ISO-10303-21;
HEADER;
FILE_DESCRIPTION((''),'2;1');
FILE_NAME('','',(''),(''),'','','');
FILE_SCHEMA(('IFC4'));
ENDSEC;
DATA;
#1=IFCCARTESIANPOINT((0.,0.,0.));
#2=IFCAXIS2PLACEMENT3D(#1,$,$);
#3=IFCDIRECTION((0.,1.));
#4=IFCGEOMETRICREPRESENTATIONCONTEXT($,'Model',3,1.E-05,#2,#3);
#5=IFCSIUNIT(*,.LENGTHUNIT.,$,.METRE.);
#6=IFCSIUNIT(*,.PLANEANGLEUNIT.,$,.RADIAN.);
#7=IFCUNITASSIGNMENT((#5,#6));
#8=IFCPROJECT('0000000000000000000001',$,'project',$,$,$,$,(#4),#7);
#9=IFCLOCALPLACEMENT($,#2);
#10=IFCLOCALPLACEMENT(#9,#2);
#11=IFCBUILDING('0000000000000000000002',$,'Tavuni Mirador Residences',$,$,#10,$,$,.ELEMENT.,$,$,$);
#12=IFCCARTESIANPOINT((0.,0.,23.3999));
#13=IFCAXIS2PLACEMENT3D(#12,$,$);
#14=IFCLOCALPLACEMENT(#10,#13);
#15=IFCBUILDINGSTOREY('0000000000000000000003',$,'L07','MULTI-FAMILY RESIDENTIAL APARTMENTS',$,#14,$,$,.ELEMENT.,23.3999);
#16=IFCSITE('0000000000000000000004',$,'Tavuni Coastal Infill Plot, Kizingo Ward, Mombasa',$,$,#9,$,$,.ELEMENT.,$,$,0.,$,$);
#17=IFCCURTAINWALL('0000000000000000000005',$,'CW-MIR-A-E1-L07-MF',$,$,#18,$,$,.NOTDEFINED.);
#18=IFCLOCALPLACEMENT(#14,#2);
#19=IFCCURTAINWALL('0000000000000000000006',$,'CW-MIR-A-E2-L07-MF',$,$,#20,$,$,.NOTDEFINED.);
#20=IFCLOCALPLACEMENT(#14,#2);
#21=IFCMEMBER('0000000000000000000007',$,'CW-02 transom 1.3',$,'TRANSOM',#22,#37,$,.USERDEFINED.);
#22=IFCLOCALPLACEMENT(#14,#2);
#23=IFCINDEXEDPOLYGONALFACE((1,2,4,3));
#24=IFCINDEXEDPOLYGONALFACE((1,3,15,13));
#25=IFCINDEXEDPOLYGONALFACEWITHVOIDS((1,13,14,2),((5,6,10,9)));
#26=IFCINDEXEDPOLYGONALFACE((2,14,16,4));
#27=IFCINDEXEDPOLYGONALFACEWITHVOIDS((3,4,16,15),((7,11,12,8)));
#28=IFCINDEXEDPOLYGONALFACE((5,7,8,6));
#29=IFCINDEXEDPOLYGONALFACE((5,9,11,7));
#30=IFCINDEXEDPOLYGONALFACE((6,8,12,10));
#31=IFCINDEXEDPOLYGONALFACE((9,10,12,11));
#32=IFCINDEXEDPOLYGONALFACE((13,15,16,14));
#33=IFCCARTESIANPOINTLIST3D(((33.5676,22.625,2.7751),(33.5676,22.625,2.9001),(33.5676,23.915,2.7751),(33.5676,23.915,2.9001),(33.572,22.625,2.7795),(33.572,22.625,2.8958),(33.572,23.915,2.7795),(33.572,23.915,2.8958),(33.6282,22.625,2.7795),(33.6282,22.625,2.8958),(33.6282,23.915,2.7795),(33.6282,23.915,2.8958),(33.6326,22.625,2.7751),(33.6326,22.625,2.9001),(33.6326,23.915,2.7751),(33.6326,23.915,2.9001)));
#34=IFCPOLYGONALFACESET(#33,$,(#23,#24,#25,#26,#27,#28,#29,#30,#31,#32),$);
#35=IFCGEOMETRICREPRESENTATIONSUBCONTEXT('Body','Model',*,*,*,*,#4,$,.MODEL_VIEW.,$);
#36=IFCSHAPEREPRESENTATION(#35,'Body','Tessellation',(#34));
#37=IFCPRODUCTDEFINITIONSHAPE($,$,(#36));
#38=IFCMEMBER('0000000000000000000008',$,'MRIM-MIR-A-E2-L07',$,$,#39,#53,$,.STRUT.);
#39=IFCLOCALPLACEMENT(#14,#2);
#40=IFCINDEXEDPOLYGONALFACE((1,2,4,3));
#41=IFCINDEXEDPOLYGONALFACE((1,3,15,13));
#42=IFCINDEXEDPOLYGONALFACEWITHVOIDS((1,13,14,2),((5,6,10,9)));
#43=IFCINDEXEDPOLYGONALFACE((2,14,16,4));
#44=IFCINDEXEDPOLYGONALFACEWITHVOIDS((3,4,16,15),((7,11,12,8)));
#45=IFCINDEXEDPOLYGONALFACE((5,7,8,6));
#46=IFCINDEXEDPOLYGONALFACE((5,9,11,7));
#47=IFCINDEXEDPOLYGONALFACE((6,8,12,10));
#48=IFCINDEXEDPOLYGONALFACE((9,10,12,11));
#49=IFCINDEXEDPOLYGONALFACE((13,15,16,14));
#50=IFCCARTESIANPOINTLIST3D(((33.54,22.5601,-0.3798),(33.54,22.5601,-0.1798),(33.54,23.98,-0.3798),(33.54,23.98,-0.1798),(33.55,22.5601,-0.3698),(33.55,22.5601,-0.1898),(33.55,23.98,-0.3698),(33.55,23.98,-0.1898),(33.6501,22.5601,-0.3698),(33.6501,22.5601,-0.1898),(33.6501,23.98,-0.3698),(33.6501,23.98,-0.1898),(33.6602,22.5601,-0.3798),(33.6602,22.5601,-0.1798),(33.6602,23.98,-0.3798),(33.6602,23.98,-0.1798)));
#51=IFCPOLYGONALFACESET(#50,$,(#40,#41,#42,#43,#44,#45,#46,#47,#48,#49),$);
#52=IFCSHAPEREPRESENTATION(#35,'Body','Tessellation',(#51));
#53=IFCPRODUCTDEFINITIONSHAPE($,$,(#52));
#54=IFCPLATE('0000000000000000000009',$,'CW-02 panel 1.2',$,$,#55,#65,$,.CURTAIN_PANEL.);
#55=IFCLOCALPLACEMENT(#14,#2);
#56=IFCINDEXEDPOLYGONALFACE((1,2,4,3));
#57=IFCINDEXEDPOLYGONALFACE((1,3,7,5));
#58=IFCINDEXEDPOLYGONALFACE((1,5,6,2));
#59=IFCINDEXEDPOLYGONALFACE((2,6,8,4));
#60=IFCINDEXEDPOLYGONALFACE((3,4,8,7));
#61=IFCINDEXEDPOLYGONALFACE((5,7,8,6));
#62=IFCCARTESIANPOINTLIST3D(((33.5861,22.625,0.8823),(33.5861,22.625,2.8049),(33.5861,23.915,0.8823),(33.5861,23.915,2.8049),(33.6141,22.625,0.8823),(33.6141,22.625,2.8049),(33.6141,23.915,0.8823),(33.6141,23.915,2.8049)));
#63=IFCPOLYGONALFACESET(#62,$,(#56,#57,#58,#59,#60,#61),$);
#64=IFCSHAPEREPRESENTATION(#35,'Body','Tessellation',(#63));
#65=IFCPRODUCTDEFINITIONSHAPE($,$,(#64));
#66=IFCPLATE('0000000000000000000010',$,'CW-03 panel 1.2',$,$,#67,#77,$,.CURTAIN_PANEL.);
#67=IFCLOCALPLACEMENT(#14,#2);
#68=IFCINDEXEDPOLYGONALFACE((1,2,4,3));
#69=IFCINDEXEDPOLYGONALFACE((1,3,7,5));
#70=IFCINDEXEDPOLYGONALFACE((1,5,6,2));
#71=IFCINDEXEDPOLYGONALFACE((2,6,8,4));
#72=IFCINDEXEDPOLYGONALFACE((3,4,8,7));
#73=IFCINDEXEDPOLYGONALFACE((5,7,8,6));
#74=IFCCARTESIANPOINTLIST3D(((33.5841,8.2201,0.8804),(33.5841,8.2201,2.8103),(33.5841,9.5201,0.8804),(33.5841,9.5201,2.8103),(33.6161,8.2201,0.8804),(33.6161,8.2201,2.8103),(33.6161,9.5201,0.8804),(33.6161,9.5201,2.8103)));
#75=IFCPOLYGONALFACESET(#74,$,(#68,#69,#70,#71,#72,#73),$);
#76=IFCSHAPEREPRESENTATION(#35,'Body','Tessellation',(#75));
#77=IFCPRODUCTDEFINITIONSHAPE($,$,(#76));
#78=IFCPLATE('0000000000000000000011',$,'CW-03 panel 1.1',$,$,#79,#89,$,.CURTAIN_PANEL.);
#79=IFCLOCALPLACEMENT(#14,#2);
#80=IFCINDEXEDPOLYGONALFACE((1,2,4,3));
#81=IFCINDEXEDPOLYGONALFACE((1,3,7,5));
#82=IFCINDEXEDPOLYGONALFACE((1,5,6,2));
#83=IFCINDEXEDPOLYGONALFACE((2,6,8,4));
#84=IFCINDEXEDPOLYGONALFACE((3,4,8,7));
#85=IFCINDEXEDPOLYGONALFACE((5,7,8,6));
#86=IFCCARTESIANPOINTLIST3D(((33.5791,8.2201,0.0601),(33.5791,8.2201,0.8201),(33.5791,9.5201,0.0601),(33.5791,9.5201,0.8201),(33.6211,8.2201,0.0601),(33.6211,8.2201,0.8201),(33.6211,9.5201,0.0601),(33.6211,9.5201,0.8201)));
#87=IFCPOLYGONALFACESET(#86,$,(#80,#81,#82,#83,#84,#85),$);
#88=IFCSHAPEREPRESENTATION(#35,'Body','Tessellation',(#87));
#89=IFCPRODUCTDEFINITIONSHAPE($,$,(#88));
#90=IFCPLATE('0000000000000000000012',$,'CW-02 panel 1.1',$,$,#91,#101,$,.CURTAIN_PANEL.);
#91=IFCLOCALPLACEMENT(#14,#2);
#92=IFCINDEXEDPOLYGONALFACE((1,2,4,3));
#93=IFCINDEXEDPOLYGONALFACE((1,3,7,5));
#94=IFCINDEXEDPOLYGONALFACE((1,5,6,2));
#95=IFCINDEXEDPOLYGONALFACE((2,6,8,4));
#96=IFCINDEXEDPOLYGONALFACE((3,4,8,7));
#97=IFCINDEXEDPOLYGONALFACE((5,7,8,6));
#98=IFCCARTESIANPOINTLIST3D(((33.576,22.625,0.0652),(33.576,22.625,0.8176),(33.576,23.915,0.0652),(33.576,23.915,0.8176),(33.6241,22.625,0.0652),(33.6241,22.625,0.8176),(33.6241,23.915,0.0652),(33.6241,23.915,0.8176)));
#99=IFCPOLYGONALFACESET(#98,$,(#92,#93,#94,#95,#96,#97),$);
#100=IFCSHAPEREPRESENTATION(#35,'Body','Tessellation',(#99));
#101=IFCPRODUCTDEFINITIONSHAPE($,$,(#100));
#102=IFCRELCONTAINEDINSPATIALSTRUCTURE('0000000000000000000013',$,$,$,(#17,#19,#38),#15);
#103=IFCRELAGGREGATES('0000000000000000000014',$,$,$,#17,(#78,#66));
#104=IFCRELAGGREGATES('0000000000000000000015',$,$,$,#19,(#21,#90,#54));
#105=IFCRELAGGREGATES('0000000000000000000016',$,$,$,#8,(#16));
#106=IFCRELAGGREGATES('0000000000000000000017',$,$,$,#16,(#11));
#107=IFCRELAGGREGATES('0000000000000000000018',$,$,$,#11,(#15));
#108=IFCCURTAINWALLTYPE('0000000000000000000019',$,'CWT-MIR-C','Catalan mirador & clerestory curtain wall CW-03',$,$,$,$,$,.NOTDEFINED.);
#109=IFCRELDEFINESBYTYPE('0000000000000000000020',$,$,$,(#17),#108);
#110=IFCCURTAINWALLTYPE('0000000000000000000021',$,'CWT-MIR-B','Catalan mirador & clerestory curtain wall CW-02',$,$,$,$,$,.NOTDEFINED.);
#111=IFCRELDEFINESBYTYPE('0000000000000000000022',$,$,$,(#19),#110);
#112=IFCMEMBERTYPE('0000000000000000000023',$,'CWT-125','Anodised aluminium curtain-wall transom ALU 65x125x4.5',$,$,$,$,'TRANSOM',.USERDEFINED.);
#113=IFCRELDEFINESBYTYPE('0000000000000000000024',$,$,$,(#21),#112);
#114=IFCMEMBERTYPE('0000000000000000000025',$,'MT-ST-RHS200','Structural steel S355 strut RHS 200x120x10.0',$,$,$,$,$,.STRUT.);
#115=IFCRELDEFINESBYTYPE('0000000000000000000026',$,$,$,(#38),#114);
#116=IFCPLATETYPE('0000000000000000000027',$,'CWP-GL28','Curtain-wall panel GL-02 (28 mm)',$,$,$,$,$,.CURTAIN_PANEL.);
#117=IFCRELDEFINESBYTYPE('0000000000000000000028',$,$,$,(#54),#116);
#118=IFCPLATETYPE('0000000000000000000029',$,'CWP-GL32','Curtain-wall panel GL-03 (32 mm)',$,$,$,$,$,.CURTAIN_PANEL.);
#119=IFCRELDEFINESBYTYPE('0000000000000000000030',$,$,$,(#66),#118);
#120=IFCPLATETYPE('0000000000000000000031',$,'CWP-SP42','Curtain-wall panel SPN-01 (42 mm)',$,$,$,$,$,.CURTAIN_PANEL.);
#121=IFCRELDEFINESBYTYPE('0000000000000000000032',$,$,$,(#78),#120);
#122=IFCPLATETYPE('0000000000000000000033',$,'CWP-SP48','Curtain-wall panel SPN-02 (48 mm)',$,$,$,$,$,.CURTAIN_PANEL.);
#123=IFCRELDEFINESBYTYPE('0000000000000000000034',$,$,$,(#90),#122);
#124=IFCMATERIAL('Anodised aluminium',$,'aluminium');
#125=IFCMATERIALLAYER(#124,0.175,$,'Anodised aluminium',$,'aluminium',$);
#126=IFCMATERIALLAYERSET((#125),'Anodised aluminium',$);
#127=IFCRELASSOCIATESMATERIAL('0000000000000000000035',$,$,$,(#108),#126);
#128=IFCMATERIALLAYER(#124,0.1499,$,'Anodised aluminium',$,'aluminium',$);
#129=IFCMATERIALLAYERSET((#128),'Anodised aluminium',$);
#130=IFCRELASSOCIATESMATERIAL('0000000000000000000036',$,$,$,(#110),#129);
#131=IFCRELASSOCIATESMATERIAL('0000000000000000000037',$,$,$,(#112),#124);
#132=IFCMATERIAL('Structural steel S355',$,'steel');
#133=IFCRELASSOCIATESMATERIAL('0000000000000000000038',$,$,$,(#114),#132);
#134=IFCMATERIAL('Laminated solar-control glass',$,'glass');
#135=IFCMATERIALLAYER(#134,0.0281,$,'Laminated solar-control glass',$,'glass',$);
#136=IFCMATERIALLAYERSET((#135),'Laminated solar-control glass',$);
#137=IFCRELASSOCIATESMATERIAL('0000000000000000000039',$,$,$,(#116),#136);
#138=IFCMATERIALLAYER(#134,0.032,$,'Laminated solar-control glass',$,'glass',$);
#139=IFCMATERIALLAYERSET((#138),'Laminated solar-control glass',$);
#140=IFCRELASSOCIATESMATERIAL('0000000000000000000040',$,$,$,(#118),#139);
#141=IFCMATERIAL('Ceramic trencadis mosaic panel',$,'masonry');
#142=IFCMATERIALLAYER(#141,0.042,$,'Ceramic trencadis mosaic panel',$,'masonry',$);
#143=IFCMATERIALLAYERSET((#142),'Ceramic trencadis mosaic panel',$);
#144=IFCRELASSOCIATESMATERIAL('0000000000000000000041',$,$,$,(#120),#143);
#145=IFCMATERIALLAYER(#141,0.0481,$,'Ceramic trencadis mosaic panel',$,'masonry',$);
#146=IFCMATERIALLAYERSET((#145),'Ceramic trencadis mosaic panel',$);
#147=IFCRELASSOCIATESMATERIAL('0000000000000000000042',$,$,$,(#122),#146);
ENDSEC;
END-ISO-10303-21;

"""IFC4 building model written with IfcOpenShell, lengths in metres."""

from ifc_helpers import new_model, si_unit, direction, frame, origin, origin_2d, place, context, subcontext, project, spatial, rectangle, hollow_rectangle, extrude, material, layer, layer_set, material_profile, profile_set, type_object, element, aggregate, save


model = new_model("IFC4")

# Units and contexts
model_context = context("Model", 3, precision=1e-05, world=origin(), true_north=direction((0.0, 1.0)))
body_context = subcontext(model_context, "Body", "Model", "MODEL_VIEW")
ifc_project = project(units=[si_unit("LENGTHUNIT", "METRE"), si_unit("PLANEANGLEUNIT", "RADIAN")], contexts=[model_context])

# Site, building, storey
site_placement = place(None, origin())
site = spatial("IfcSite", under=ifc_project, at=site_placement, Name="Tavuni Coastal Infill Plot, Kizingo Ward, Mombasa", CompositionType="ELEMENT", RefElevation=0.0)
building_placement = place(site_placement, origin())
building = spatial("IfcBuilding", under=site, at=building_placement, Name="Tavuni Mirador Residences", CompositionType="ELEMENT")
storey_placement = place(building_placement, frame((0.0, 0.0, 23.3999)))
storey = spatial("IfcBuildingStorey", under=building, at=storey_placement, Name="L07", Description="MULTI-FAMILY RESIDENTIAL APARTMENTS", CompositionType="ELEMENT", Elevation=23.3999)

# Curtain wall
ifc_material_1 = material(Name="Anodised aluminium", Category="aluminium")
ifc_layer_1 = layer(ifc_material_1, 0.175, Name="Anodised aluminium", Category="aluminium")
ifc_layer_set_1 = layer_set([ifc_layer_1], Name="Anodised aluminium")
curtain_wall_type_1 = type_object("IfcCurtainWallType", Name="CWT-MIR-C", Description="Catalan mirador & clerestory curtain wall CW-03", PredefinedType="NOTDEFINED", material=ifc_layer_set_1)
curtain_wall_1_placement = place(storey_placement, origin())
curtain_wall_1 = element("IfcCurtainWall", 1, at=curtain_wall_1_placement, inside=storey, type_object=curtain_wall_type_1, Name="CW-MIR-A-E1-L07-MF", PredefinedType="NOTDEFINED")

# Curtain wall
ifc_layer_2 = layer(ifc_material_1, 0.1499, Name="Anodised aluminium", Category="aluminium")
ifc_layer_set_2 = layer_set([ifc_layer_2], Name="Anodised aluminium")
curtain_wall_type_2 = type_object("IfcCurtainWallType", Name="CWT-MIR-B", Description="Catalan mirador & clerestory curtain wall CW-02", PredefinedType="NOTDEFINED", material=ifc_layer_set_2)
curtain_wall_2_placement = place(storey_placement, origin())
curtain_wall_2 = element("IfcCurtainWall", 2, at=curtain_wall_2_placement, inside=storey, type_object=curtain_wall_type_2, Name="CW-MIR-A-E2-L07-MF", PredefinedType="NOTDEFINED")

# Members
ifc_material_profile_1 = material_profile(ifc_material_1, hollow_rectangle(XDim=0.0649, YDim=0.125, WallThickness=0.0044, at=origin_2d()), Name="ALU 65x125x4.5", Category="aluminium")
ifc_profile_set_1 = profile_set([ifc_material_profile_1], Name="Anodised aluminium")
member_type_1 = type_object("IfcMemberType", Name="CWT-125", Description="Anodised aluminium curtain-wall transom ALU 65x125x4.5", ElementType="TRANSOM", PredefinedType="USERDEFINED", material=ifc_profile_set_1)
member_1_placement = place(storey_placement, frame((33.6001, 22.625, 2.8376), z_axis=(0.0, 1.0, 0.0), x_axis=(-1.0, 0.0, 0.0)))
member_1 = element("IfcMember", 3, at=member_1_placement, type_object=member_type_1, Name="CW-02 transom 1.3", ObjectType="TRANSOM", PredefinedType="USERDEFINED", context=body_context, shape_type="SweptSolid", body=[
    extrude(hollow_rectangle(XDim=0.0649, YDim=0.125, WallThickness=0.0044, at=origin_2d()), origin(), (0.0, 0.0, 1.0), 1.29),
])
ifc_material_2 = material(Name="Structural steel S355", Category="steel")
ifc_material_profile_2 = material_profile(ifc_material_2, hollow_rectangle(XDim=0.1201, YDim=0.2, WallThickness=0.01, at=origin_2d()), Name="RHS 200x120x10.0", Category="steel")
ifc_profile_set_2 = profile_set([ifc_material_profile_2], Name="Structural steel S355")
member_type_2 = type_object("IfcMemberType", Name="MT-ST-RHS200", Description="Structural steel S355 strut RHS 200x120x10.0", PredefinedType="STRUT", material=ifc_profile_set_2)
member_2_placement = place(storey_placement, frame((33.6001, 22.5601, -0.2798), z_axis=(0.0, 1.0, 0.0), x_axis=(-1.0, 0.0, 0.0)))
element("IfcMember", 4, at=member_2_placement, inside=storey, type_object=member_type_2, Name="MRIM-MIR-A-E2-L07", PredefinedType="STRUT", context=body_context, shape_type="SweptSolid", body=[
    extrude(hollow_rectangle(XDim=0.1201, YDim=0.2, WallThickness=0.01, at=origin_2d()), origin(), (0.0, 0.0, 1.0), 1.4199),
])

# Plates
ifc_material_3 = material(Name="Laminated solar-control glass", Category="glass")
ifc_layer_3 = layer(ifc_material_3, 0.0281, Name="Laminated solar-control glass", Category="glass")
ifc_layer_set_3 = layer_set([ifc_layer_3], Name="Laminated solar-control glass")
plate_type_1 = type_object("IfcPlateType", Name="CWP-GL28", Description="Curtain-wall panel GL-02 (28 mm)", PredefinedType="CURTAIN_PANEL", material=ifc_layer_set_3)
plate_1_placement = place(storey_placement, frame((33.6001, 23.27, 0.8823), z_axis=(0.0, 0.0, 1.0), x_axis=(0.0, 1.0, 0.0)))
plate_1 = element("IfcPlate", 5, at=plate_1_placement, type_object=plate_type_1, Name="CW-02 panel 1.2", PredefinedType="CURTAIN_PANEL", context=body_context, shape_type="SweptSolid", body=[
    extrude(rectangle(XDim=1.29, YDim=0.0281, at=origin_2d()), origin(), (0.0, 0.0, 1.0), 1.9226),
])
ifc_layer_4 = layer(ifc_material_3, 0.032, Name="Laminated solar-control glass", Category="glass")
ifc_layer_set_4 = layer_set([ifc_layer_4], Name="Laminated solar-control glass")
plate_type_2 = type_object("IfcPlateType", Name="CWP-GL32", Description="Curtain-wall panel GL-03 (32 mm)", PredefinedType="CURTAIN_PANEL", material=ifc_layer_set_4)
plate_2_placement = place(storey_placement, frame((33.6001, 8.8701, 0.8804), z_axis=(0.0, 0.0, 1.0), x_axis=(0.0, 1.0, 0.0)))
plate_2 = element("IfcPlate", 6, at=plate_2_placement, type_object=plate_type_2, Name="CW-03 panel 1.2", PredefinedType="CURTAIN_PANEL", context=body_context, shape_type="SweptSolid", body=[
    extrude(rectangle(XDim=1.3, YDim=0.032, at=origin_2d()), origin(), (0.0, 0.0, 1.0), 1.9299),
])
ifc_material_4 = material(Name="Ceramic trencadis mosaic panel", Category="masonry")
ifc_layer_5 = layer(ifc_material_4, 0.042, Name="Ceramic trencadis mosaic panel", Category="masonry")
ifc_layer_set_5 = layer_set([ifc_layer_5], Name="Ceramic trencadis mosaic panel")
plate_type_3 = type_object("IfcPlateType", Name="CWP-SP42", Description="Curtain-wall panel SPN-01 (42 mm)", PredefinedType="CURTAIN_PANEL", material=ifc_layer_set_5)
plate_3_placement = place(storey_placement, frame((33.6001, 8.8701, 0.0601), z_axis=(0.0, 0.0, 1.0), x_axis=(0.0, 1.0, 0.0)))
plate_3 = element("IfcPlate", 7, at=plate_3_placement, type_object=plate_type_3, Name="CW-03 panel 1.1", PredefinedType="CURTAIN_PANEL", context=body_context, shape_type="SweptSolid", body=[
    extrude(rectangle(XDim=1.3, YDim=0.042, at=origin_2d()), origin(), (0.0, 0.0, 1.0), 0.76),
])
aggregate(curtain_wall_1, [plate_3, plate_2])
ifc_layer_6 = layer(ifc_material_4, 0.0481, Name="Ceramic trencadis mosaic panel", Category="masonry")
ifc_layer_set_6 = layer_set([ifc_layer_6], Name="Ceramic trencadis mosaic panel")
plate_type_4 = type_object("IfcPlateType", Name="CWP-SP48", Description="Curtain-wall panel SPN-02 (48 mm)", PredefinedType="CURTAIN_PANEL", material=ifc_layer_set_6)
plate_4_placement = place(storey_placement, frame((33.6001, 23.27, 0.0652), z_axis=(0.0, 0.0, 1.0), x_axis=(0.0, 1.0, 0.0)))
plate_4 = element("IfcPlate", 8, at=plate_4_placement, type_object=plate_type_4, Name="CW-02 panel 1.1", PredefinedType="CURTAIN_PANEL", context=body_context, shape_type="SweptSolid", body=[
    extrude(rectangle(XDim=1.29, YDim=0.0481, at=origin_2d()), origin(), (0.0, 0.0, 1.0), 0.7524),
])
aggregate(curtain_wall_2, [member_1, plate_4, plate_1])

save(model, "model.ifc")
